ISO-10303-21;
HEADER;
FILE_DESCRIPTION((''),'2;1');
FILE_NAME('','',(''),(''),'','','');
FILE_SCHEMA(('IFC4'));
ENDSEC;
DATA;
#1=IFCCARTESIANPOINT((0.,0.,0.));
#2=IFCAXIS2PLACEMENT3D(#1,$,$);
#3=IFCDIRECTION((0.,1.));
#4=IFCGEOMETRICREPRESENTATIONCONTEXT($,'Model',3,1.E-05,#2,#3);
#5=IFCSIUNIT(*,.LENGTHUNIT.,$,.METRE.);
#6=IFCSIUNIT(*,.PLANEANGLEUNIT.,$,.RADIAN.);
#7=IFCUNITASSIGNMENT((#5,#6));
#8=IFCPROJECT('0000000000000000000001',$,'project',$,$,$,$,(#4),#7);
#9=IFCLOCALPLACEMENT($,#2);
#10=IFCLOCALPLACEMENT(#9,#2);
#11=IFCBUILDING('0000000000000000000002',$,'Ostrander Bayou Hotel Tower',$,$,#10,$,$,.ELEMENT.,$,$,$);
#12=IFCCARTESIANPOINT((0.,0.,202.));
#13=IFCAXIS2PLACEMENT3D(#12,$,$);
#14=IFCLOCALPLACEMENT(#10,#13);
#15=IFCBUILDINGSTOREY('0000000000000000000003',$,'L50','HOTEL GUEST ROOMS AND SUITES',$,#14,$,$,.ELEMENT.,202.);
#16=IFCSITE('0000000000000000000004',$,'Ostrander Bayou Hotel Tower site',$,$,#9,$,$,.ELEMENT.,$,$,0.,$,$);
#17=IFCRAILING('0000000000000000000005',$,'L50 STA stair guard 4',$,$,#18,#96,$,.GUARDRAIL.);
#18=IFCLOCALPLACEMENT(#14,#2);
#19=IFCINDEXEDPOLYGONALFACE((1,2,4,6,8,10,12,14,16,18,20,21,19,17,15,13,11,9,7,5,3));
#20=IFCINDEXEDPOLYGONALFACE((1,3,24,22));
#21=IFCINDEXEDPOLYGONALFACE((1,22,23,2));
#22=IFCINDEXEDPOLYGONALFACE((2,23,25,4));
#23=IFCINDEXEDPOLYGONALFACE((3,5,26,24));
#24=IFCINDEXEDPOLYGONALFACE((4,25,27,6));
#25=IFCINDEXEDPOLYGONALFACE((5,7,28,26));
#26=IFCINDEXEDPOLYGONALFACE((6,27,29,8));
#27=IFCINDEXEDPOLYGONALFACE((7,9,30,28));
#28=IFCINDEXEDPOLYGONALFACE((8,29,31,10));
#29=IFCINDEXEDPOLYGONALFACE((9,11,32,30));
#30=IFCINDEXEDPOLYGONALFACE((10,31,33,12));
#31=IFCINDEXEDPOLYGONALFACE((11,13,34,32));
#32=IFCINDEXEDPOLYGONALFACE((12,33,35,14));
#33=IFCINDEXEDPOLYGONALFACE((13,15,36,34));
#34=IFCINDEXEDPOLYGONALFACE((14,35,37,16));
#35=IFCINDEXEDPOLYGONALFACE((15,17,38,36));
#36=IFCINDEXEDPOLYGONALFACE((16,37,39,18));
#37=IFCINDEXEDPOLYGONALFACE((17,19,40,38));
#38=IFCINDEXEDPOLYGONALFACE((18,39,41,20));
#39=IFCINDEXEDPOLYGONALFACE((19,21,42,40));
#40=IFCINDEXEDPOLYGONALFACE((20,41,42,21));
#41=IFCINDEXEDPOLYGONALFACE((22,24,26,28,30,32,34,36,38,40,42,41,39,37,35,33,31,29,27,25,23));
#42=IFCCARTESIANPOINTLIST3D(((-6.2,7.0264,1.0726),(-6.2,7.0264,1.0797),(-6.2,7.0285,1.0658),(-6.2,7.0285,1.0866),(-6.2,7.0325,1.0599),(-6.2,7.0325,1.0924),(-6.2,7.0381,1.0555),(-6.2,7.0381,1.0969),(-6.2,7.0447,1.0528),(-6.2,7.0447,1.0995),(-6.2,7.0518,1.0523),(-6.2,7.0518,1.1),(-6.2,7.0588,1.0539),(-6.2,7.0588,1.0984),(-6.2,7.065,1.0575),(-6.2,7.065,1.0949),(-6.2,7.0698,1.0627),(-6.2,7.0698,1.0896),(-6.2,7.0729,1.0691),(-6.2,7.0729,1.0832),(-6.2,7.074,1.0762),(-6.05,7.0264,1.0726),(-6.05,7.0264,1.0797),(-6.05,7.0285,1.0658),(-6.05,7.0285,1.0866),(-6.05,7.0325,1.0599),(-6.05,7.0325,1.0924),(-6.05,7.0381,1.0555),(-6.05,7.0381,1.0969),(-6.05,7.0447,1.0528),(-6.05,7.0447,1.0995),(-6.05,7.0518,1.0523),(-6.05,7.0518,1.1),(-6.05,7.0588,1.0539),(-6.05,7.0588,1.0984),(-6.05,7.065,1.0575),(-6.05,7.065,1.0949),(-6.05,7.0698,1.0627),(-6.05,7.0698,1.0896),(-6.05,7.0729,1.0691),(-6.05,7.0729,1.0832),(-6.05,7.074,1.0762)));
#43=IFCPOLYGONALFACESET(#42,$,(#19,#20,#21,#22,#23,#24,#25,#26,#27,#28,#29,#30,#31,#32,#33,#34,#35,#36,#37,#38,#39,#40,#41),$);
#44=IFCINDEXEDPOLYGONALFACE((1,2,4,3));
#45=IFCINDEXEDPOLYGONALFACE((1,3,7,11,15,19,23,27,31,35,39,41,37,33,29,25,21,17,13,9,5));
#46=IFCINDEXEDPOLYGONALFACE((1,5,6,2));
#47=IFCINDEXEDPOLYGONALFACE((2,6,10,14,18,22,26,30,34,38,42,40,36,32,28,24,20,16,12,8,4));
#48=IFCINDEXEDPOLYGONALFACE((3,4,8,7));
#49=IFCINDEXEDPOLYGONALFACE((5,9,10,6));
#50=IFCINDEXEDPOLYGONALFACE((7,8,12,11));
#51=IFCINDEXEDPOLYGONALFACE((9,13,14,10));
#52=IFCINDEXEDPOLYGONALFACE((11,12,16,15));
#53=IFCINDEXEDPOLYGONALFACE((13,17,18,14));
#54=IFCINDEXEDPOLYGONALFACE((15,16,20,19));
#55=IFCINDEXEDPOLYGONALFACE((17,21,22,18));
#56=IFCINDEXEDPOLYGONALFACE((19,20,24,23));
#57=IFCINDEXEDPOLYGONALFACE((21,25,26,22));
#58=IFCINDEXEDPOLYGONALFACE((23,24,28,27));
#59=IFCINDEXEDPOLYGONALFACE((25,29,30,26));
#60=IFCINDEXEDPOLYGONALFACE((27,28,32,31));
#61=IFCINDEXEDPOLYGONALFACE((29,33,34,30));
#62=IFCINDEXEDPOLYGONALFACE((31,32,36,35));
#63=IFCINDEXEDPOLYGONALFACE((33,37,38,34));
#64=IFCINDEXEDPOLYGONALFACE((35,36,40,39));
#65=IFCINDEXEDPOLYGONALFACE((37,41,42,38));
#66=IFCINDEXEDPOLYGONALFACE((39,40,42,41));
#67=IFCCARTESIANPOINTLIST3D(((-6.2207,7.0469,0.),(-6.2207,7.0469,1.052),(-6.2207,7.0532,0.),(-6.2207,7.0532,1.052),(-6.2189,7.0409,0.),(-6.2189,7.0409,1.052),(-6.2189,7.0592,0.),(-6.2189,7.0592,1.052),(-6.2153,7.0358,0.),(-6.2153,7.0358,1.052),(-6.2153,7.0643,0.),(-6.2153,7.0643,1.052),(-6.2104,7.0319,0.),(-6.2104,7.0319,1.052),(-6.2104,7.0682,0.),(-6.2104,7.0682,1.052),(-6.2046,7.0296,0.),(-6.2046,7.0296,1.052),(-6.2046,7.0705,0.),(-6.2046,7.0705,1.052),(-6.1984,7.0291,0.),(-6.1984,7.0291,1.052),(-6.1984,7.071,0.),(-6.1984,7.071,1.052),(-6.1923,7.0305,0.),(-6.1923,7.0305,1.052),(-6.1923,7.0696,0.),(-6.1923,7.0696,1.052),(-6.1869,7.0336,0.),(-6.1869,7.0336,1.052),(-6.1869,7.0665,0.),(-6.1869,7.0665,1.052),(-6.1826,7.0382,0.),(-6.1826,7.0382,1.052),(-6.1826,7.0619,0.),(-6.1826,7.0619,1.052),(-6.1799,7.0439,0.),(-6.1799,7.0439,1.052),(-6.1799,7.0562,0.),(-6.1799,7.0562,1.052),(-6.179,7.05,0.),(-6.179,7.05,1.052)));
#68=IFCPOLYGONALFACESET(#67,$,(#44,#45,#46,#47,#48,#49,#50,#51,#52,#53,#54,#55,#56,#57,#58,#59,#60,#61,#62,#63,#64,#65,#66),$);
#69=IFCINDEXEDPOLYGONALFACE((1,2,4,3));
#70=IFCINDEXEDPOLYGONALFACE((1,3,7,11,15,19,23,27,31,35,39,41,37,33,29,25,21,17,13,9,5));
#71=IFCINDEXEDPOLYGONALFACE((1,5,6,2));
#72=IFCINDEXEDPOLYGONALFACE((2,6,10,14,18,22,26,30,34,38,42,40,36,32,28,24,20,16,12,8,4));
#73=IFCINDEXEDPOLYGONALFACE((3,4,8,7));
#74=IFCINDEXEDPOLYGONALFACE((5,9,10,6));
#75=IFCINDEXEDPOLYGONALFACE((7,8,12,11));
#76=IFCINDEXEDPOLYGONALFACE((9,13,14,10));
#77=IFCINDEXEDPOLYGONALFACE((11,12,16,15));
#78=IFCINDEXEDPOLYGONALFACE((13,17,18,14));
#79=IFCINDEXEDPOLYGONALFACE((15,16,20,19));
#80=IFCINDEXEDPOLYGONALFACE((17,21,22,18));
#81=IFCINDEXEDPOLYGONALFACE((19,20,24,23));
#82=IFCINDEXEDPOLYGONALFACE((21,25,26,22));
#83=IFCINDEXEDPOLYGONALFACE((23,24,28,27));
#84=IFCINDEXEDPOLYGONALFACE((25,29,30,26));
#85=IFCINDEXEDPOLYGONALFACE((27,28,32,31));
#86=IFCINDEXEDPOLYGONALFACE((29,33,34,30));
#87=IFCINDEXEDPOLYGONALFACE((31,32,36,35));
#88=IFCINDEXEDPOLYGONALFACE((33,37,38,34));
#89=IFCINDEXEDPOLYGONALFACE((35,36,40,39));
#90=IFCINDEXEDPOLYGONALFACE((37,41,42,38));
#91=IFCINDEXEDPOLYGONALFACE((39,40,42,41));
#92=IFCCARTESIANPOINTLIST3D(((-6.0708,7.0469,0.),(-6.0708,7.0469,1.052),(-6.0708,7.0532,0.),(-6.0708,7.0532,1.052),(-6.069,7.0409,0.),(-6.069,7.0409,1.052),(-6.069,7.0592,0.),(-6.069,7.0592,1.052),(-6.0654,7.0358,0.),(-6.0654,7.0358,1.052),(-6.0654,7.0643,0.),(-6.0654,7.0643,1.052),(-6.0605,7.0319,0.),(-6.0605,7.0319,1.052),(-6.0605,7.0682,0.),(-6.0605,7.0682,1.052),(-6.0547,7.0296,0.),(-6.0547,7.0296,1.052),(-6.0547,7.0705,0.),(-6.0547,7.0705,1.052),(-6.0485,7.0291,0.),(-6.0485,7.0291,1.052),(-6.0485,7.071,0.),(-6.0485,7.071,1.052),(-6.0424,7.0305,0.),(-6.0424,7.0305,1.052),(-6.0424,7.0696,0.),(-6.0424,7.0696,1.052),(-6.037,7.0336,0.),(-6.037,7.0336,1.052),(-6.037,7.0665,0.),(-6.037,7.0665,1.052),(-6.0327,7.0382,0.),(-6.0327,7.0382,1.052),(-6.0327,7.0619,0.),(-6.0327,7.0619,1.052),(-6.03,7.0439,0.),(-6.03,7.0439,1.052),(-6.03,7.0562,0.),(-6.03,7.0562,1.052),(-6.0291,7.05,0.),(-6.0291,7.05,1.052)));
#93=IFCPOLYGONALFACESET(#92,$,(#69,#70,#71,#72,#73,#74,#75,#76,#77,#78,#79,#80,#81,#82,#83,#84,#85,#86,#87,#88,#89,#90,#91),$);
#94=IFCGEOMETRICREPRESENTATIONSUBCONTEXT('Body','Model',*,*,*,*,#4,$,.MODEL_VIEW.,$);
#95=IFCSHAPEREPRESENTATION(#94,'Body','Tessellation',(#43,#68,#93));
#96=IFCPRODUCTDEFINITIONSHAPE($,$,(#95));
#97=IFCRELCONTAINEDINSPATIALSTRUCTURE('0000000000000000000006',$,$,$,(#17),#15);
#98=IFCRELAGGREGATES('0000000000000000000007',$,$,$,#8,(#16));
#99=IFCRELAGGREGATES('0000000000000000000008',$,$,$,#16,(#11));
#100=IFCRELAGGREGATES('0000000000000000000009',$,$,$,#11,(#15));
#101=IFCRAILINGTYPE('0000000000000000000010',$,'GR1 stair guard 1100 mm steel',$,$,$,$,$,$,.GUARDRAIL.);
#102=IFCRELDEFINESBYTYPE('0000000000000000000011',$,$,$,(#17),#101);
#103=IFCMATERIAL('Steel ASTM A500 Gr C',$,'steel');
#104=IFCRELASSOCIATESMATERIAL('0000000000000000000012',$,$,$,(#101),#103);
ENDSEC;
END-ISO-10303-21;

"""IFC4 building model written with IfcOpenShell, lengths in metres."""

from ifc_helpers import new_model, si_unit, direction, frame, origin, origin_2d, place, context, subcontext, project, spatial, circle, extrude, material, type_object, element, save


model = new_model("IFC4")

# Units and contexts
model_context = context("Model", 3, precision=1e-05, world=origin(), true_north=direction((0.0, 1.0)))
body_context = subcontext(model_context, "Body", "Model", "MODEL_VIEW")
ifc_project = project(units=[si_unit("LENGTHUNIT", "METRE"), si_unit("PLANEANGLEUNIT", "RADIAN")], contexts=[model_context])

# Site, building, storey
site_placement = place(None, origin())
site = spatial("IfcSite", under=ifc_project, at=site_placement, Name="Ostrander Bayou Hotel Tower site", CompositionType="ELEMENT", RefElevation=0.0)
building_placement = place(site_placement, origin())
building = spatial("IfcBuilding", under=site, at=building_placement, Name="Ostrander Bayou Hotel Tower", CompositionType="ELEMENT")
storey_placement = place(building_placement, frame((0.0, 0.0, 202.0)))
storey = spatial("IfcBuildingStorey", under=building, at=storey_placement, Name="L50", Description="HOTEL GUEST ROOMS AND SUITES", CompositionType="ELEMENT", Elevation=202.0)

# Railing
ifc_material_1 = material(Name="Steel ASTM A500 Gr C", Category="steel")
railing_type_1 = type_object("IfcRailingType", Name="GR1 stair guard 1100 mm steel", PredefinedType="GUARDRAIL", material=ifc_material_1)
railing_1_placement = place(storey_placement, frame((-6.2, 7.05, 0.0)))
element("IfcRailing", 1, at=railing_1_placement, inside=storey, type_object=railing_type_1, Name="L50 STA stair guard 4", PredefinedType="GUARDRAIL", context=body_context, shape_type="SweptSolid", body=[
    extrude(circle(Radius=0.0239, at=origin_2d()), frame((0.0, 0.0, 1.0762), z_axis=(1.0, 0.0, 0.0), x_axis=(0.0, 1.0, 0.0)), (0.0, 0.0, 1.0), 0.1499),
    extrude(circle(Radius=0.021, at=origin_2d()), origin(), (0.0, 0.0, 1.0), 1.052),
    extrude(circle(Radius=0.021, at=origin_2d()), frame((0.1499, 0.0, 0.0)), (0.0, 0.0, 1.0), 1.052),
])

save(model, "model.ifc")
